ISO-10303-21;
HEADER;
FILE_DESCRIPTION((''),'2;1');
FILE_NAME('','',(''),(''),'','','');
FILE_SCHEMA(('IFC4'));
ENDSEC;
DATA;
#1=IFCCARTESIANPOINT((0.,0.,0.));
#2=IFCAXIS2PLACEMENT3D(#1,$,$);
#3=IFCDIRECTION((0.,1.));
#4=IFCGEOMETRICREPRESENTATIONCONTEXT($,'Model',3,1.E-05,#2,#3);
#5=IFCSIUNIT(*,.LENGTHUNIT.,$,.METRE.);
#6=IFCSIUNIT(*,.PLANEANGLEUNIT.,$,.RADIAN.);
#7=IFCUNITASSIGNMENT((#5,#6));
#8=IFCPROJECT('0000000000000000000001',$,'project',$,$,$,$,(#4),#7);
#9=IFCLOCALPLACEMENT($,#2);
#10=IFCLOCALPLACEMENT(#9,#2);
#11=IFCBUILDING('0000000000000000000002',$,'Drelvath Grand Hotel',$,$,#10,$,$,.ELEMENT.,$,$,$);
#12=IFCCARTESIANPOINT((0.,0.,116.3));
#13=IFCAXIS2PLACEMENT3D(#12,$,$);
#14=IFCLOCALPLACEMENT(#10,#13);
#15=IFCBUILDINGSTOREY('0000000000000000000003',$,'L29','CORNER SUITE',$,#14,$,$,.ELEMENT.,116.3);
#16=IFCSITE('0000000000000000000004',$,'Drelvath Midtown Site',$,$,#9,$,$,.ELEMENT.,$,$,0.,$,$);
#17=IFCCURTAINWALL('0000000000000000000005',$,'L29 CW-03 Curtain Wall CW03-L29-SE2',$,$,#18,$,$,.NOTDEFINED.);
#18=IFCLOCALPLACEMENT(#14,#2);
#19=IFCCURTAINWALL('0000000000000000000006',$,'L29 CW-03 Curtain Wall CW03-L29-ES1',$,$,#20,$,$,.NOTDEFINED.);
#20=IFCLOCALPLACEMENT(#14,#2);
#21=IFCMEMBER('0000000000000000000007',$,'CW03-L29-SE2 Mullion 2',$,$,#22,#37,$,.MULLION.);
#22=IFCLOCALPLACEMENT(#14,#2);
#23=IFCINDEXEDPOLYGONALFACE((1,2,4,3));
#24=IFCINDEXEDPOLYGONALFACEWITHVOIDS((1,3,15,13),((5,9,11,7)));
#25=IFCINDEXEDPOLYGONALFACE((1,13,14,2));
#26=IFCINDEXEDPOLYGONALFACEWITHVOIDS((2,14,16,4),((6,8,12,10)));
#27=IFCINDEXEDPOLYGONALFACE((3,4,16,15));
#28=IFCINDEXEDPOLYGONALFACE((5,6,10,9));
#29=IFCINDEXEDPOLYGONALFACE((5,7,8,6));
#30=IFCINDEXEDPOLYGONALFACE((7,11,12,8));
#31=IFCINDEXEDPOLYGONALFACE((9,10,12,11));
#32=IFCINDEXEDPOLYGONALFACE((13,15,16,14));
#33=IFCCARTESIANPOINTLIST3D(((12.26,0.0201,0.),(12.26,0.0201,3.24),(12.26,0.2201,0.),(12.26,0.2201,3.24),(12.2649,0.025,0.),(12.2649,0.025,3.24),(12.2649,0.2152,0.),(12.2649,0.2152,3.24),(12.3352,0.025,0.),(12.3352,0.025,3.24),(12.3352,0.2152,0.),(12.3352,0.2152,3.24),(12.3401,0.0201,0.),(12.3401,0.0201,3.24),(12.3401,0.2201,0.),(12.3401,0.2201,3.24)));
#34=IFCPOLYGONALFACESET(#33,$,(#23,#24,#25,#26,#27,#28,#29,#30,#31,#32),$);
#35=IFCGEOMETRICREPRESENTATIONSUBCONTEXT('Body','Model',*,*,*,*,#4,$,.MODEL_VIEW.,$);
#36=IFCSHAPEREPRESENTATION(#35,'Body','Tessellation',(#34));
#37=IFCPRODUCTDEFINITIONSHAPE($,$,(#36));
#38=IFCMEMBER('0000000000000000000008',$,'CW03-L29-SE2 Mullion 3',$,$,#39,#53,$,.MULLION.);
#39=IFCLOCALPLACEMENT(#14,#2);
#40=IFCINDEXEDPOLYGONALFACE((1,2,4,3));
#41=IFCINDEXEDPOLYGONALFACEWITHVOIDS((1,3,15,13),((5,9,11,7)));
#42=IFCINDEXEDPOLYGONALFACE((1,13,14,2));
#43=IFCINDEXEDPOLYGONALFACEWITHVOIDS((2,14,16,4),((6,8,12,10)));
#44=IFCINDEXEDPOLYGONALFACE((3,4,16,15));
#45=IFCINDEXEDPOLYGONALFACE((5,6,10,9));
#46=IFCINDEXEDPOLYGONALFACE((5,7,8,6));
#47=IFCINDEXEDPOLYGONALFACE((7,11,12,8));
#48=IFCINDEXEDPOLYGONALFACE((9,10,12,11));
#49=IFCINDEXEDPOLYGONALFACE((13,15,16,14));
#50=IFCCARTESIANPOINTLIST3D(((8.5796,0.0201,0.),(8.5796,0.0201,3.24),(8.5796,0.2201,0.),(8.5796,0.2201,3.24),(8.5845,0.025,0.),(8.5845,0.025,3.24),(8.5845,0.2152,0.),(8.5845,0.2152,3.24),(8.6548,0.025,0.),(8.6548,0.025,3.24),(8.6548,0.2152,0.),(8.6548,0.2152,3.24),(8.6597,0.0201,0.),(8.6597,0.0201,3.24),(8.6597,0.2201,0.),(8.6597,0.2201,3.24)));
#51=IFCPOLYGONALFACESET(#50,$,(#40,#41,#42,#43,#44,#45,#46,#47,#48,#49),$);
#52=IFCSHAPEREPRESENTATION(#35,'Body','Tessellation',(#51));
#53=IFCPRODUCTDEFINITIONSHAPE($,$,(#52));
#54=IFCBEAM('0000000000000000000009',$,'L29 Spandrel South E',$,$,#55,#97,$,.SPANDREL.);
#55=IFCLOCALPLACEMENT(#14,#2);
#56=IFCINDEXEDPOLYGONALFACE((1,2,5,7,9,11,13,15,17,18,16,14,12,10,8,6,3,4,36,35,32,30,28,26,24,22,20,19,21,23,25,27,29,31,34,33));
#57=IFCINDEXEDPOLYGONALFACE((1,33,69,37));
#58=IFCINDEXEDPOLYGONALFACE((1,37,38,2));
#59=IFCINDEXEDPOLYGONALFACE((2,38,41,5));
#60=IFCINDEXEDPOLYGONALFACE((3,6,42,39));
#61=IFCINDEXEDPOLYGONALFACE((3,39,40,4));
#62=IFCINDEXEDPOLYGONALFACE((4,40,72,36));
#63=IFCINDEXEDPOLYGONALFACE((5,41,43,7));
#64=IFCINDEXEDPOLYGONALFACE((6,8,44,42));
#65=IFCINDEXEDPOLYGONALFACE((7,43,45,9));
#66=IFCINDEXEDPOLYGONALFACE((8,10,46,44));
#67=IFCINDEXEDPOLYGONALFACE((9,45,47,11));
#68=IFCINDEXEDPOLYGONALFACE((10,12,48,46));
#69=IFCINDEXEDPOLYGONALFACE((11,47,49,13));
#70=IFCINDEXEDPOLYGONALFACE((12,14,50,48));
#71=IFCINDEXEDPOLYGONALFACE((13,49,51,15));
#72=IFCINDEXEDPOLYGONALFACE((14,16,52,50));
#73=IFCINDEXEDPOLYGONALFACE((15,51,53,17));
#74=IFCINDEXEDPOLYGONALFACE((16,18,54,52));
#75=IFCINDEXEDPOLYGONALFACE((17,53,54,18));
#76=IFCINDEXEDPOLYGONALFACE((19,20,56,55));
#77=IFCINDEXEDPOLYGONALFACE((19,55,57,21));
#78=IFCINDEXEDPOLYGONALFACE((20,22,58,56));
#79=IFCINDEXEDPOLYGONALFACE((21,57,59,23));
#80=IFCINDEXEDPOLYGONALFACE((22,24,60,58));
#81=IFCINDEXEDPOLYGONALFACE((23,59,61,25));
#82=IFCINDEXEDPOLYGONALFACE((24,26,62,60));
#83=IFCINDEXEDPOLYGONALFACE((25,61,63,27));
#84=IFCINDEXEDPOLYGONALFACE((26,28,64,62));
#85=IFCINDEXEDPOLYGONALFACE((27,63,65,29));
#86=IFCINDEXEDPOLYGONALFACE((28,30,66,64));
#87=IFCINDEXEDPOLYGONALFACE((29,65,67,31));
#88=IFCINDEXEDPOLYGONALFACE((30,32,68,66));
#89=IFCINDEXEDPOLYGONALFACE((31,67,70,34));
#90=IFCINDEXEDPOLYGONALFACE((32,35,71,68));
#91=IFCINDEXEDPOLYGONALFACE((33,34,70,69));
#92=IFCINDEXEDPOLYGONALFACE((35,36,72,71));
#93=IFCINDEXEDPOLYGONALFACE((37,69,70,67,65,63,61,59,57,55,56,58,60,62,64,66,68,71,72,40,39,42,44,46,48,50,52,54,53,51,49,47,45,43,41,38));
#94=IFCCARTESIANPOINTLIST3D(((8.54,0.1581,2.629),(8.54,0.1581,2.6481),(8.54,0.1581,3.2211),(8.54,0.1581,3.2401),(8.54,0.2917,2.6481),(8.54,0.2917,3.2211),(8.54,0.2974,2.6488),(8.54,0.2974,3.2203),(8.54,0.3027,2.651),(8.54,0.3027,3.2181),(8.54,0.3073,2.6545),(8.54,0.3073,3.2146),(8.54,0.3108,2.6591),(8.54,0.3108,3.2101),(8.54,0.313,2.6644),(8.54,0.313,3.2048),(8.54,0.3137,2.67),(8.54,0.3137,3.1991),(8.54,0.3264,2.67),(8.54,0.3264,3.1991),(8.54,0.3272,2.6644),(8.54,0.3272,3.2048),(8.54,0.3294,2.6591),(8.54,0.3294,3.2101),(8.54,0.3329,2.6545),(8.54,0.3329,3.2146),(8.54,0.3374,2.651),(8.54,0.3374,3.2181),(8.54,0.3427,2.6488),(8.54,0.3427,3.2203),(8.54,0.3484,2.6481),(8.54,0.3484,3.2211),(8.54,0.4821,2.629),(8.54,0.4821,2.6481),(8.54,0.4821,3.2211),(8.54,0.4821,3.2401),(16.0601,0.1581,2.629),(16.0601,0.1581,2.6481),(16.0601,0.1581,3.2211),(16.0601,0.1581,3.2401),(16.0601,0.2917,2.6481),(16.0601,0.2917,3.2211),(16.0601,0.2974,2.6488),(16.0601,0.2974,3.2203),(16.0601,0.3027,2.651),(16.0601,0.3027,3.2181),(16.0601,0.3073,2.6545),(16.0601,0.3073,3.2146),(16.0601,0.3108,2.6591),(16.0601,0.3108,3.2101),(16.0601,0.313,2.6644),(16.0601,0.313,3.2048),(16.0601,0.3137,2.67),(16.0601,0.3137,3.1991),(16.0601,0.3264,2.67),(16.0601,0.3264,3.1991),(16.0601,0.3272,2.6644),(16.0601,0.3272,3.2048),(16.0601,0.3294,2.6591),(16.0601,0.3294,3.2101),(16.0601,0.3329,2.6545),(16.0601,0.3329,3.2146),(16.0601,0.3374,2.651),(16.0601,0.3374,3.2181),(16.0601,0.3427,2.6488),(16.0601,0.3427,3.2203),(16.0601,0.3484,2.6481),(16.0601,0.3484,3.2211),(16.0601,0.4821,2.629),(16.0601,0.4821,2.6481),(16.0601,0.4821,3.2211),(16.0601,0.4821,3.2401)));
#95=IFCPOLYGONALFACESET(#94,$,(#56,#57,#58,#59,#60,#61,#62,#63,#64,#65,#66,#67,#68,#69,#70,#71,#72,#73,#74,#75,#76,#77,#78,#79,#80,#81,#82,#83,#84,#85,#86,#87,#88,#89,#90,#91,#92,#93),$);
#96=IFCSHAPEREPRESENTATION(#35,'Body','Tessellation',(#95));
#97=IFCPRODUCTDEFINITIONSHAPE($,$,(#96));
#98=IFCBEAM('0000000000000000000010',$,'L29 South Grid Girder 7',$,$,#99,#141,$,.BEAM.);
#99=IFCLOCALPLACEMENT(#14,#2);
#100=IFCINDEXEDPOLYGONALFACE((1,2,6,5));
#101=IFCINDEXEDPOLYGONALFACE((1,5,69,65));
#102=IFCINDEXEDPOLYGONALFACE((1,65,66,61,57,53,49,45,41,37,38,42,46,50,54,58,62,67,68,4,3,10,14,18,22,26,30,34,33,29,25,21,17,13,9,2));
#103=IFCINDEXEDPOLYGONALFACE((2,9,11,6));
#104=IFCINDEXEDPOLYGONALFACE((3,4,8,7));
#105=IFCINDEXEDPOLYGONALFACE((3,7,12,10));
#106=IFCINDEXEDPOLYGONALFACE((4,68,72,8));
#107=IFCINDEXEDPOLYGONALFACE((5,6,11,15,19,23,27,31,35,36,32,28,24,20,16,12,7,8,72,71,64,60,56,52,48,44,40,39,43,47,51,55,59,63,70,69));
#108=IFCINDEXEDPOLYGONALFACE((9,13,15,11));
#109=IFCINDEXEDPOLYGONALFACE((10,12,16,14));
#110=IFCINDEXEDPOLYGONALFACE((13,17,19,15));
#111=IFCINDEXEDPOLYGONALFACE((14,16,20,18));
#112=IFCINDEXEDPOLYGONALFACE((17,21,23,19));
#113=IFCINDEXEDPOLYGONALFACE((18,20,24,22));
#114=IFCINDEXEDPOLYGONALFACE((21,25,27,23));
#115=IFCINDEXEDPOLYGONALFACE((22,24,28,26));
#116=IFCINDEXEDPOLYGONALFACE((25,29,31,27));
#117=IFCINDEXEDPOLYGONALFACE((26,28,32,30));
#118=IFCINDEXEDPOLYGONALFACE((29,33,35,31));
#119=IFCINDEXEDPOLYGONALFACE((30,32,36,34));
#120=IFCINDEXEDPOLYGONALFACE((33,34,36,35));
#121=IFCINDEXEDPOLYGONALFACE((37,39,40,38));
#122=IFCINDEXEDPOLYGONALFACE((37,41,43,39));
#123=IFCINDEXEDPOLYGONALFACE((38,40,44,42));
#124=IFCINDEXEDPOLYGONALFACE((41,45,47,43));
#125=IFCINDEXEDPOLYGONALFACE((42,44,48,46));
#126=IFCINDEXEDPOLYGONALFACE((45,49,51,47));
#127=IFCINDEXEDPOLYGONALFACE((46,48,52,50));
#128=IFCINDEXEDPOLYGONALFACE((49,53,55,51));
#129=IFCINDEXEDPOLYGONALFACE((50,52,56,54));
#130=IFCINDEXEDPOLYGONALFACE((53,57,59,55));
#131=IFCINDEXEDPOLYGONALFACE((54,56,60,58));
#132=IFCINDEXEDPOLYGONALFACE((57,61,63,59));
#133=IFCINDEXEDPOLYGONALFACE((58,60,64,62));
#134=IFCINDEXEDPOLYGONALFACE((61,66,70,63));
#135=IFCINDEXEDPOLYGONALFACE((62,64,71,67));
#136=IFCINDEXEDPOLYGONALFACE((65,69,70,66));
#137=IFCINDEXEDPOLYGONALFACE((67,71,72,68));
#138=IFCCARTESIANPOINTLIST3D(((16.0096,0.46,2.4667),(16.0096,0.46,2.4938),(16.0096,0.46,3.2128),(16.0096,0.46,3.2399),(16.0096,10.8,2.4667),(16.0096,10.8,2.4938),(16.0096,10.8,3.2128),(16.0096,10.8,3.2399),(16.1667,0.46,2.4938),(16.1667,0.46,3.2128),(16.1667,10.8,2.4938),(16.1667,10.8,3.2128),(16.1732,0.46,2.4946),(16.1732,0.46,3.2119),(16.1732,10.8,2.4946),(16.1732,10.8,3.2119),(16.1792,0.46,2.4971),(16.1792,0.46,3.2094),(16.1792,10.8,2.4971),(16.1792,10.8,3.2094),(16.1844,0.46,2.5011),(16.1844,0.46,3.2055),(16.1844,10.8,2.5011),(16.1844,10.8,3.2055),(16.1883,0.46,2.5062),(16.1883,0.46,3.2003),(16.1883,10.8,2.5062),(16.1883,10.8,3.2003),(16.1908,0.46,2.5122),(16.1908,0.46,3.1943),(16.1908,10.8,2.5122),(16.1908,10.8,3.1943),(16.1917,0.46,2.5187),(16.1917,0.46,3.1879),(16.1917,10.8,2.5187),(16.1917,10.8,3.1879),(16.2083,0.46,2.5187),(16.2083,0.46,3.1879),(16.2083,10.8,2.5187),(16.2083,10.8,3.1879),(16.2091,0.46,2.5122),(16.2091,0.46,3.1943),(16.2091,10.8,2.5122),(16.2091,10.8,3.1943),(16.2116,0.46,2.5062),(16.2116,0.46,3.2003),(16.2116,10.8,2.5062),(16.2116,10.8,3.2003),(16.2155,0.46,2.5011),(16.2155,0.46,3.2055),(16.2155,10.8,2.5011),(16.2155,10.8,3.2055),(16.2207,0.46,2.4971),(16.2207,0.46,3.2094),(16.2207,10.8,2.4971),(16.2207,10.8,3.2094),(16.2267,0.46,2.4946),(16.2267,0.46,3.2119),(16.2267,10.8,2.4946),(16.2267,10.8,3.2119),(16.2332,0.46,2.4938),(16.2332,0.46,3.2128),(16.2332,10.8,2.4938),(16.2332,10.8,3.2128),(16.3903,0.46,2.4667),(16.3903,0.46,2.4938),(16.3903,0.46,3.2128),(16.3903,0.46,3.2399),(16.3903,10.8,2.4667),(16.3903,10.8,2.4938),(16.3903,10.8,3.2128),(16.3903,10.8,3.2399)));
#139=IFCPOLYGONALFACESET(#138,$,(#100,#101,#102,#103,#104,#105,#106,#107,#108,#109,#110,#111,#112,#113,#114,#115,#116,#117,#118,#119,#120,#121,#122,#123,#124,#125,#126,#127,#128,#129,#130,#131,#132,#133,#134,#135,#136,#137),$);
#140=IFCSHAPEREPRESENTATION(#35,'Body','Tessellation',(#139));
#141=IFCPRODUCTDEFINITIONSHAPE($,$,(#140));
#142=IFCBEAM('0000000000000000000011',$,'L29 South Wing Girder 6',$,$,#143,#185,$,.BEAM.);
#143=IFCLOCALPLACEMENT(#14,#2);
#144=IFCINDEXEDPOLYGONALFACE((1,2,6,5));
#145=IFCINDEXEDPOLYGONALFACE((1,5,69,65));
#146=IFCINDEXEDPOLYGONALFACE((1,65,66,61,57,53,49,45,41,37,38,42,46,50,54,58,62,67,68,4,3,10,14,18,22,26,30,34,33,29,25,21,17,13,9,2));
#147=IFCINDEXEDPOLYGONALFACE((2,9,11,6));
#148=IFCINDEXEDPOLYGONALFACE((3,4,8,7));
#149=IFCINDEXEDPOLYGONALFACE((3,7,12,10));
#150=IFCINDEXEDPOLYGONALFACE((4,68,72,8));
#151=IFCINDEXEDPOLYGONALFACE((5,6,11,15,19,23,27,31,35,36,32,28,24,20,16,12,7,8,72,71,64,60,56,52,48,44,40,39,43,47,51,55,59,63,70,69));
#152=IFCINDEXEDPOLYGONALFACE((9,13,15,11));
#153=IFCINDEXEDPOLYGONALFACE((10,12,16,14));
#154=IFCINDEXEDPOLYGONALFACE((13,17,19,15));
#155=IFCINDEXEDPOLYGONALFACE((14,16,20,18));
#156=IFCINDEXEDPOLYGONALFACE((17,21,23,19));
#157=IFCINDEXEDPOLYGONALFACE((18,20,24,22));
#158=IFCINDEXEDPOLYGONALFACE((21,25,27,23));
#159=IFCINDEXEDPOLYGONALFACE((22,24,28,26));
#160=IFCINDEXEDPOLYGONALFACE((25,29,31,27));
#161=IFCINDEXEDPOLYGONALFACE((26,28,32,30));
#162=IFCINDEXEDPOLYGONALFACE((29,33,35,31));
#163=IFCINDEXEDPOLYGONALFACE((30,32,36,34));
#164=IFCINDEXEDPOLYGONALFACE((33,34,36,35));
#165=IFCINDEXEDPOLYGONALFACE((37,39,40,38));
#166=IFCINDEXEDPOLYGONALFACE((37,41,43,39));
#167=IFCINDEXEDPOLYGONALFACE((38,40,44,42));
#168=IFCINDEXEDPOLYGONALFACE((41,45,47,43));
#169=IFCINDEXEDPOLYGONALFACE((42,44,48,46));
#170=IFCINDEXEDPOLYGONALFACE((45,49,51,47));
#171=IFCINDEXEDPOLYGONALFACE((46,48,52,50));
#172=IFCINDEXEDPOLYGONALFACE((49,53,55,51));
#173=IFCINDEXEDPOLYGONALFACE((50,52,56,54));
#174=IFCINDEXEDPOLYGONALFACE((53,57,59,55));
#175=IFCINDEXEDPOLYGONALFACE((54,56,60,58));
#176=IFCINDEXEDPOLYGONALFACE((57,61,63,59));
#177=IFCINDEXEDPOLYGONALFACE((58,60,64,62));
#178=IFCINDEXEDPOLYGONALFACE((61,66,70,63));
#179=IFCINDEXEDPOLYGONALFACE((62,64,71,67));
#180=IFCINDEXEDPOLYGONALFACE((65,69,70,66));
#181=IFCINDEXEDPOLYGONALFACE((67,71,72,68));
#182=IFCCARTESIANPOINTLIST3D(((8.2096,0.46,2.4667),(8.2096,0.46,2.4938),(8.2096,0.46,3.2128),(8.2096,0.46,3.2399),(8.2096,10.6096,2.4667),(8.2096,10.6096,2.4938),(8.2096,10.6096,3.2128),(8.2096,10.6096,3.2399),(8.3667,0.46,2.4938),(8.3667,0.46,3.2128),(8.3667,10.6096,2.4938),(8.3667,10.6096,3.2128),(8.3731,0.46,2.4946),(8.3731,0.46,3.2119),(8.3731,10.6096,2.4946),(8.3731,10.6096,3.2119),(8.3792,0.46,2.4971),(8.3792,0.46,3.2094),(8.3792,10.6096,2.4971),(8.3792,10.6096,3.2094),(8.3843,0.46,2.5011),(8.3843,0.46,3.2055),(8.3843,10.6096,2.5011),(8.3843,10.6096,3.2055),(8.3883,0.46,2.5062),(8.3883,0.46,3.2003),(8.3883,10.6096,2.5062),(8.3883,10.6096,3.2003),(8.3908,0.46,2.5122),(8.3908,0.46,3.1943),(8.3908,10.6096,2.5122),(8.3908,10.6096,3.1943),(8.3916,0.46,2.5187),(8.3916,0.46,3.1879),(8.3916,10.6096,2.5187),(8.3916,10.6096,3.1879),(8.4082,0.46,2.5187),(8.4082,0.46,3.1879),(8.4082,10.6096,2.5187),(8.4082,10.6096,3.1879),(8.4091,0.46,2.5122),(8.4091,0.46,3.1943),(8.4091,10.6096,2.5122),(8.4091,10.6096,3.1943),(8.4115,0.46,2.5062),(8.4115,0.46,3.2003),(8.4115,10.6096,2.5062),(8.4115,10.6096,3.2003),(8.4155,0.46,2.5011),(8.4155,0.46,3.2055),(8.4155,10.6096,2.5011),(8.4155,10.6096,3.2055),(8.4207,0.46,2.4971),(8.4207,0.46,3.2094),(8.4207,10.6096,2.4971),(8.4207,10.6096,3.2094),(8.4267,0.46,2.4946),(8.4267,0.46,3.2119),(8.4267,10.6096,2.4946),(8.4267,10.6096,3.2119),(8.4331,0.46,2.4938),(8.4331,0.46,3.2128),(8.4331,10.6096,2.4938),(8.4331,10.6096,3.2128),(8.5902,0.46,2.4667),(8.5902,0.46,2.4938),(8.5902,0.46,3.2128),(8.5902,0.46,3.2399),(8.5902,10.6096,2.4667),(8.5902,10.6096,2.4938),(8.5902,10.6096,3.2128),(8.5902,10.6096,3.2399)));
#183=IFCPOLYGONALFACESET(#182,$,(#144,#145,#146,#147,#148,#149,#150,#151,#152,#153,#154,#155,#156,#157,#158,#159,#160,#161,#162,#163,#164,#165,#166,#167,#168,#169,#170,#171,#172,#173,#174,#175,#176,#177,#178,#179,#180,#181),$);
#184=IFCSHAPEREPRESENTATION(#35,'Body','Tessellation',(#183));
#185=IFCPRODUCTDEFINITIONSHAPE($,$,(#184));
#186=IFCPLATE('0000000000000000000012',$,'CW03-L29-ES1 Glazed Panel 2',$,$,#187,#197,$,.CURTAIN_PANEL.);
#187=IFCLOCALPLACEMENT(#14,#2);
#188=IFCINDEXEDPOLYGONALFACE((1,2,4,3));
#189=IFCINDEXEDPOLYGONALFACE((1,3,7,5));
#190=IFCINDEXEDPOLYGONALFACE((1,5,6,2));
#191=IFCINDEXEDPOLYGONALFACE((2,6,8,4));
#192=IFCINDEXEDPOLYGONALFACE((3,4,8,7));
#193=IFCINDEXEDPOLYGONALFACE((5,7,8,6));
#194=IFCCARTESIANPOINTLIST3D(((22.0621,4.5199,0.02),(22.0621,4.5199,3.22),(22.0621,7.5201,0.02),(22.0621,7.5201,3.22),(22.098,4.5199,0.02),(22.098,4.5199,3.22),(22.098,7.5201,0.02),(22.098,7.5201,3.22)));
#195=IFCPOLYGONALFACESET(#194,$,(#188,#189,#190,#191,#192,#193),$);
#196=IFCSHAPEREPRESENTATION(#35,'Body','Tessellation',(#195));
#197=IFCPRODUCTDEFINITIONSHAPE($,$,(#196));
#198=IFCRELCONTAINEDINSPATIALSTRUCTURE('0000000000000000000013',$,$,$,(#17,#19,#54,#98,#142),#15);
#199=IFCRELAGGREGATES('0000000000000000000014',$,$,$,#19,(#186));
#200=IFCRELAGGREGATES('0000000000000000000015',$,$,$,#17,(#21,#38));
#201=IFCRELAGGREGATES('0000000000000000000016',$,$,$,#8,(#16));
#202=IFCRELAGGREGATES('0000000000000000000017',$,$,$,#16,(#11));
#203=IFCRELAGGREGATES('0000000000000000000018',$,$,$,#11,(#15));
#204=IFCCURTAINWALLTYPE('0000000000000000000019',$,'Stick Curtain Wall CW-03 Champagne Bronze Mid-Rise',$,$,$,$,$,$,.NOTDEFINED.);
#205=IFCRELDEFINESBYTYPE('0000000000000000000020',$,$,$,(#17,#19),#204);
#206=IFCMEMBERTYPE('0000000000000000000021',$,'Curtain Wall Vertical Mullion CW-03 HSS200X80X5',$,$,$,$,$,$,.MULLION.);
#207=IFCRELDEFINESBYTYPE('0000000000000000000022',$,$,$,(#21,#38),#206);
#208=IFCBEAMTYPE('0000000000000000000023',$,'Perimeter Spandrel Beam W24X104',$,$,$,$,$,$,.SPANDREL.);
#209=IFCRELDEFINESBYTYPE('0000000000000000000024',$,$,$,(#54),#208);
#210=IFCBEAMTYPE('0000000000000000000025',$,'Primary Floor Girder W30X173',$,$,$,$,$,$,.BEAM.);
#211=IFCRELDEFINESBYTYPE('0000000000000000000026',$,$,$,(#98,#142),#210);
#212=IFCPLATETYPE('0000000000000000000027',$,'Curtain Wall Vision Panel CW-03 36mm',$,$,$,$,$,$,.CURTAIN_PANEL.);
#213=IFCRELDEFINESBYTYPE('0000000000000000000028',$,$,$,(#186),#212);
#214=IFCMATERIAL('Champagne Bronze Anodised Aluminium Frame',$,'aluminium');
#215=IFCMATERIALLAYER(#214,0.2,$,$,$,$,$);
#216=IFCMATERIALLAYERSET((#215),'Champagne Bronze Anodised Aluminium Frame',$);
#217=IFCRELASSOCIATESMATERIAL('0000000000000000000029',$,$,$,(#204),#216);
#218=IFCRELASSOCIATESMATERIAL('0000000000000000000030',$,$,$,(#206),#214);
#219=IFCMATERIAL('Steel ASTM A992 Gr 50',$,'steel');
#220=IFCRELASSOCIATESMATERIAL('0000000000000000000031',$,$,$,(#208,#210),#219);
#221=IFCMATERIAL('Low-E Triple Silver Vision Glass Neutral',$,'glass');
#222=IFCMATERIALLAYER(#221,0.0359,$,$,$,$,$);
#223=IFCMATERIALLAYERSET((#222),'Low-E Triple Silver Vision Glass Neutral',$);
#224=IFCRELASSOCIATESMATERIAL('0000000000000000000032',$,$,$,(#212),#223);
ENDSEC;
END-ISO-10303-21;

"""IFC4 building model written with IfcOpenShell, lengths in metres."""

from ifc_helpers import new_model, si_unit, direction, frame, origin, origin_2d, place, context, subcontext, project, spatial, rectangle, hollow_rectangle, i_section, extrude, material, layer, layer_set, material_profile, profile_set, type_object, element, aggregate, save


model = new_model("IFC4")

# Units and contexts
model_context = context("Model", 3, precision=1e-05, world=origin(), true_north=direction((0.0, 1.0)))
body_context = subcontext(model_context, "Body", "Model", "MODEL_VIEW")
ifc_project = project(units=[si_unit("LENGTHUNIT", "METRE"), si_unit("PLANEANGLEUNIT", "RADIAN")], contexts=[model_context])

# Site, building, storey
site_placement = place(None, origin())
site = spatial("IfcSite", under=ifc_project, at=site_placement, Name="Drelvath Midtown Site", CompositionType="ELEMENT", RefElevation=0.0)
building_placement = place(site_placement, origin())
building = spatial("IfcBuilding", under=site, at=building_placement, Name="Drelvath Grand Hotel", CompositionType="ELEMENT")
storey_placement = place(building_placement, frame((0.0, 0.0, 116.3)))
storey = spatial("IfcBuildingStorey", under=building, at=storey_placement, Name="L29", Description="CORNER SUITE", CompositionType="ELEMENT", Elevation=116.3)

# Curtain wall
ifc_material_1 = material(Name="Champagne Bronze Anodised Aluminium Frame", Category="aluminium")
ifc_layer_1 = layer(ifc_material_1, 0.2)
ifc_layer_set_1 = layer_set([ifc_layer_1], Name="Champagne Bronze Anodised Aluminium Frame")
curtain_wall_type = type_object("IfcCurtainWallType", Name="Stick Curtain Wall CW-03 Champagne Bronze Mid-Rise", PredefinedType="NOTDEFINED", material=ifc_layer_set_1)
curtain_wall_1_placement = place(storey_placement, origin())
curtain_wall_1 = element("IfcCurtainWall", 1, at=curtain_wall_1_placement, inside=storey, type_object=curtain_wall_type, Name="L29 CW-03 Curtain Wall CW03-L29-SE2", PredefinedType="NOTDEFINED")

# Curtain wall
curtain_wall_2_placement = place(storey_placement, origin())
curtain_wall_2 = element("IfcCurtainWall", 2, at=curtain_wall_2_placement, inside=storey, type_object=curtain_wall_type, Name="L29 CW-03 Curtain Wall CW03-L29-ES1", PredefinedType="NOTDEFINED")
ifc_material_profile_1 = material_profile(ifc_material_1, hollow_rectangle(XDim=0.0801, YDim=0.2, WallThickness=0.0049, at=origin_2d()), Name="HSS200X80X5")
ifc_profile_set_1 = profile_set([ifc_material_profile_1], Name="Champagne Bronze Anodised Aluminium Frame")
member_type_1 = type_object("IfcMemberType", Name="Curtain Wall Vertical Mullion CW-03 HSS200X80X5", PredefinedType="MULLION", material=ifc_profile_set_1)

# Members
member_1_placement = place(storey_placement, frame((12.3, 0.1201, 0.0), z_axis=(0.0, 0.0, 1.0), x_axis=(1.0, 0.0, 0.0)))
member_1 = element("IfcMember", 3, at=member_1_placement, type_object=member_type_1, Name="CW03-L29-SE2 Mullion 2", PredefinedType="MULLION", context=body_context, shape_type="SweptSolid", body=[
    extrude(hollow_rectangle(XDim=0.0801, YDim=0.2, WallThickness=0.0049, at=origin_2d()), origin(), (0.0, 0.0, 1.0), 3.24),
])
member_2_placement = place(storey_placement, frame((8.6196, 0.1201, 0.0), z_axis=(0.0, 0.0, 1.0), x_axis=(1.0, 0.0, 0.0)))
member_2 = element("IfcMember", 4, at=member_2_placement, type_object=member_type_1, Name="CW03-L29-SE2 Mullion 3", PredefinedType="MULLION", context=body_context, shape_type="SweptSolid", body=[
    extrude(hollow_rectangle(XDim=0.0801, YDim=0.2, WallThickness=0.0049, at=origin_2d()), origin(), (0.0, 0.0, 1.0), 3.24),
])

# Beams
ifc_material_2 = material(Name="Steel ASTM A992 Gr 50", Category="steel")
ifc_material_profile_2 = material_profile(ifc_material_2, i_section(OverallWidth=0.324, OverallDepth=0.6111, WebThickness=0.0127, FlangeThickness=0.019, FilletRadius=0.022, at=origin_2d()), Name="W24X104")
ifc_profile_set_2 = profile_set([ifc_material_profile_2], Name="Steel ASTM A992 Gr 50")
beam_type_1 = type_object("IfcBeamType", Name="Perimeter Spandrel Beam W24X104", PredefinedType="SPANDREL", material=ifc_profile_set_2)
beam_1_placement = place(storey_placement, frame((8.54, 0.3201, 2.9346), z_axis=(1.0, 0.0, 0.0), x_axis=(0.0, 1.0, 0.0)))
element("IfcBeam", 5, at=beam_1_placement, inside=storey, type_object=beam_type_1, Name="L29 Spandrel South E", PredefinedType="SPANDREL", context=body_context, shape_type="SweptSolid", body=[
    extrude(i_section(OverallWidth=0.324, OverallDepth=0.6111, WebThickness=0.0127, FlangeThickness=0.019, FilletRadius=0.022, at=origin_2d()), origin(), (0.0, 0.0, 1.0), 7.52),
])
ifc_material_profile_3 = material_profile(ifc_material_2, i_section(OverallWidth=0.3806, OverallDepth=0.7732, WebThickness=0.0166, FlangeThickness=0.0271, FilletRadius=0.0249, at=origin_2d()), Name="W30X173")
ifc_profile_set_3 = profile_set([ifc_material_profile_3], Name="Steel ASTM A992 Gr 50")
beam_type_2 = type_object("IfcBeamType", Name="Primary Floor Girder W30X173", PredefinedType="BEAM", material=ifc_profile_set_3)
beam_2_placement = place(storey_placement, frame((16.2, 0.46, 2.8533), z_axis=(0.0, 1.0, 0.0), x_axis=(-1.0, 0.0, 0.0)))
element("IfcBeam", 6, at=beam_2_placement, inside=storey, type_object=beam_type_2, Name="L29 South Grid Girder 7", PredefinedType="BEAM", context=body_context, shape_type="SweptSolid", body=[
    extrude(i_section(OverallWidth=0.3806, OverallDepth=0.7732, WebThickness=0.0166, FlangeThickness=0.0271, FilletRadius=0.0249, at=origin_2d()), origin(), (0.0, 0.0, 1.0), 10.3401),
])
beam_3_placement = place(storey_placement, frame((8.3999, 0.46, 2.8533), z_axis=(0.0, 1.0, 0.0), x_axis=(-1.0, 0.0, 0.0)))
element("IfcBeam", 7, at=beam_3_placement, inside=storey, type_object=beam_type_2, Name="L29 South Wing Girder 6", PredefinedType="BEAM", context=body_context, shape_type="SweptSolid", body=[
    extrude(i_section(OverallWidth=0.3806, OverallDepth=0.7732, WebThickness=0.0166, FlangeThickness=0.0271, FilletRadius=0.0249, at=origin_2d()), origin(), (0.0, 0.0, 1.0), 10.1497),
])

# Plate
ifc_material_3 = material(Name="Low-E Triple Silver Vision Glass Neutral", Category="glass")
ifc_layer_2 = layer(ifc_material_3, 0.0359)
ifc_layer_set_2 = layer_set([ifc_layer_2], Name="Low-E Triple Silver Vision Glass Neutral")
plate_type = type_object("IfcPlateType", Name="Curtain Wall Vision Panel CW-03 36mm", PredefinedType="CURTAIN_PANEL", material=ifc_layer_set_2)
plate_1_placement = place(storey_placement, frame((22.0801, 6.02, 0.02), z_axis=(0.0, 0.0, 1.0), x_axis=(0.0, -1.0, 0.0)))
plate_1 = element("IfcPlate", 8, at=plate_1_placement, type_object=plate_type, Name="CW03-L29-ES1 Glazed Panel 2", PredefinedType="CURTAIN_PANEL", context=body_context, shape_type="SweptSolid", body=[
    extrude(rectangle(XDim=3.0002, YDim=0.0359, at=origin_2d()), origin(), (0.0, 0.0, 1.0), 3.2),
])
aggregate(curtain_wall_2, [plate_1])
aggregate(curtain_wall_1, [member_1, member_2])

save(model, "model.ifc")
